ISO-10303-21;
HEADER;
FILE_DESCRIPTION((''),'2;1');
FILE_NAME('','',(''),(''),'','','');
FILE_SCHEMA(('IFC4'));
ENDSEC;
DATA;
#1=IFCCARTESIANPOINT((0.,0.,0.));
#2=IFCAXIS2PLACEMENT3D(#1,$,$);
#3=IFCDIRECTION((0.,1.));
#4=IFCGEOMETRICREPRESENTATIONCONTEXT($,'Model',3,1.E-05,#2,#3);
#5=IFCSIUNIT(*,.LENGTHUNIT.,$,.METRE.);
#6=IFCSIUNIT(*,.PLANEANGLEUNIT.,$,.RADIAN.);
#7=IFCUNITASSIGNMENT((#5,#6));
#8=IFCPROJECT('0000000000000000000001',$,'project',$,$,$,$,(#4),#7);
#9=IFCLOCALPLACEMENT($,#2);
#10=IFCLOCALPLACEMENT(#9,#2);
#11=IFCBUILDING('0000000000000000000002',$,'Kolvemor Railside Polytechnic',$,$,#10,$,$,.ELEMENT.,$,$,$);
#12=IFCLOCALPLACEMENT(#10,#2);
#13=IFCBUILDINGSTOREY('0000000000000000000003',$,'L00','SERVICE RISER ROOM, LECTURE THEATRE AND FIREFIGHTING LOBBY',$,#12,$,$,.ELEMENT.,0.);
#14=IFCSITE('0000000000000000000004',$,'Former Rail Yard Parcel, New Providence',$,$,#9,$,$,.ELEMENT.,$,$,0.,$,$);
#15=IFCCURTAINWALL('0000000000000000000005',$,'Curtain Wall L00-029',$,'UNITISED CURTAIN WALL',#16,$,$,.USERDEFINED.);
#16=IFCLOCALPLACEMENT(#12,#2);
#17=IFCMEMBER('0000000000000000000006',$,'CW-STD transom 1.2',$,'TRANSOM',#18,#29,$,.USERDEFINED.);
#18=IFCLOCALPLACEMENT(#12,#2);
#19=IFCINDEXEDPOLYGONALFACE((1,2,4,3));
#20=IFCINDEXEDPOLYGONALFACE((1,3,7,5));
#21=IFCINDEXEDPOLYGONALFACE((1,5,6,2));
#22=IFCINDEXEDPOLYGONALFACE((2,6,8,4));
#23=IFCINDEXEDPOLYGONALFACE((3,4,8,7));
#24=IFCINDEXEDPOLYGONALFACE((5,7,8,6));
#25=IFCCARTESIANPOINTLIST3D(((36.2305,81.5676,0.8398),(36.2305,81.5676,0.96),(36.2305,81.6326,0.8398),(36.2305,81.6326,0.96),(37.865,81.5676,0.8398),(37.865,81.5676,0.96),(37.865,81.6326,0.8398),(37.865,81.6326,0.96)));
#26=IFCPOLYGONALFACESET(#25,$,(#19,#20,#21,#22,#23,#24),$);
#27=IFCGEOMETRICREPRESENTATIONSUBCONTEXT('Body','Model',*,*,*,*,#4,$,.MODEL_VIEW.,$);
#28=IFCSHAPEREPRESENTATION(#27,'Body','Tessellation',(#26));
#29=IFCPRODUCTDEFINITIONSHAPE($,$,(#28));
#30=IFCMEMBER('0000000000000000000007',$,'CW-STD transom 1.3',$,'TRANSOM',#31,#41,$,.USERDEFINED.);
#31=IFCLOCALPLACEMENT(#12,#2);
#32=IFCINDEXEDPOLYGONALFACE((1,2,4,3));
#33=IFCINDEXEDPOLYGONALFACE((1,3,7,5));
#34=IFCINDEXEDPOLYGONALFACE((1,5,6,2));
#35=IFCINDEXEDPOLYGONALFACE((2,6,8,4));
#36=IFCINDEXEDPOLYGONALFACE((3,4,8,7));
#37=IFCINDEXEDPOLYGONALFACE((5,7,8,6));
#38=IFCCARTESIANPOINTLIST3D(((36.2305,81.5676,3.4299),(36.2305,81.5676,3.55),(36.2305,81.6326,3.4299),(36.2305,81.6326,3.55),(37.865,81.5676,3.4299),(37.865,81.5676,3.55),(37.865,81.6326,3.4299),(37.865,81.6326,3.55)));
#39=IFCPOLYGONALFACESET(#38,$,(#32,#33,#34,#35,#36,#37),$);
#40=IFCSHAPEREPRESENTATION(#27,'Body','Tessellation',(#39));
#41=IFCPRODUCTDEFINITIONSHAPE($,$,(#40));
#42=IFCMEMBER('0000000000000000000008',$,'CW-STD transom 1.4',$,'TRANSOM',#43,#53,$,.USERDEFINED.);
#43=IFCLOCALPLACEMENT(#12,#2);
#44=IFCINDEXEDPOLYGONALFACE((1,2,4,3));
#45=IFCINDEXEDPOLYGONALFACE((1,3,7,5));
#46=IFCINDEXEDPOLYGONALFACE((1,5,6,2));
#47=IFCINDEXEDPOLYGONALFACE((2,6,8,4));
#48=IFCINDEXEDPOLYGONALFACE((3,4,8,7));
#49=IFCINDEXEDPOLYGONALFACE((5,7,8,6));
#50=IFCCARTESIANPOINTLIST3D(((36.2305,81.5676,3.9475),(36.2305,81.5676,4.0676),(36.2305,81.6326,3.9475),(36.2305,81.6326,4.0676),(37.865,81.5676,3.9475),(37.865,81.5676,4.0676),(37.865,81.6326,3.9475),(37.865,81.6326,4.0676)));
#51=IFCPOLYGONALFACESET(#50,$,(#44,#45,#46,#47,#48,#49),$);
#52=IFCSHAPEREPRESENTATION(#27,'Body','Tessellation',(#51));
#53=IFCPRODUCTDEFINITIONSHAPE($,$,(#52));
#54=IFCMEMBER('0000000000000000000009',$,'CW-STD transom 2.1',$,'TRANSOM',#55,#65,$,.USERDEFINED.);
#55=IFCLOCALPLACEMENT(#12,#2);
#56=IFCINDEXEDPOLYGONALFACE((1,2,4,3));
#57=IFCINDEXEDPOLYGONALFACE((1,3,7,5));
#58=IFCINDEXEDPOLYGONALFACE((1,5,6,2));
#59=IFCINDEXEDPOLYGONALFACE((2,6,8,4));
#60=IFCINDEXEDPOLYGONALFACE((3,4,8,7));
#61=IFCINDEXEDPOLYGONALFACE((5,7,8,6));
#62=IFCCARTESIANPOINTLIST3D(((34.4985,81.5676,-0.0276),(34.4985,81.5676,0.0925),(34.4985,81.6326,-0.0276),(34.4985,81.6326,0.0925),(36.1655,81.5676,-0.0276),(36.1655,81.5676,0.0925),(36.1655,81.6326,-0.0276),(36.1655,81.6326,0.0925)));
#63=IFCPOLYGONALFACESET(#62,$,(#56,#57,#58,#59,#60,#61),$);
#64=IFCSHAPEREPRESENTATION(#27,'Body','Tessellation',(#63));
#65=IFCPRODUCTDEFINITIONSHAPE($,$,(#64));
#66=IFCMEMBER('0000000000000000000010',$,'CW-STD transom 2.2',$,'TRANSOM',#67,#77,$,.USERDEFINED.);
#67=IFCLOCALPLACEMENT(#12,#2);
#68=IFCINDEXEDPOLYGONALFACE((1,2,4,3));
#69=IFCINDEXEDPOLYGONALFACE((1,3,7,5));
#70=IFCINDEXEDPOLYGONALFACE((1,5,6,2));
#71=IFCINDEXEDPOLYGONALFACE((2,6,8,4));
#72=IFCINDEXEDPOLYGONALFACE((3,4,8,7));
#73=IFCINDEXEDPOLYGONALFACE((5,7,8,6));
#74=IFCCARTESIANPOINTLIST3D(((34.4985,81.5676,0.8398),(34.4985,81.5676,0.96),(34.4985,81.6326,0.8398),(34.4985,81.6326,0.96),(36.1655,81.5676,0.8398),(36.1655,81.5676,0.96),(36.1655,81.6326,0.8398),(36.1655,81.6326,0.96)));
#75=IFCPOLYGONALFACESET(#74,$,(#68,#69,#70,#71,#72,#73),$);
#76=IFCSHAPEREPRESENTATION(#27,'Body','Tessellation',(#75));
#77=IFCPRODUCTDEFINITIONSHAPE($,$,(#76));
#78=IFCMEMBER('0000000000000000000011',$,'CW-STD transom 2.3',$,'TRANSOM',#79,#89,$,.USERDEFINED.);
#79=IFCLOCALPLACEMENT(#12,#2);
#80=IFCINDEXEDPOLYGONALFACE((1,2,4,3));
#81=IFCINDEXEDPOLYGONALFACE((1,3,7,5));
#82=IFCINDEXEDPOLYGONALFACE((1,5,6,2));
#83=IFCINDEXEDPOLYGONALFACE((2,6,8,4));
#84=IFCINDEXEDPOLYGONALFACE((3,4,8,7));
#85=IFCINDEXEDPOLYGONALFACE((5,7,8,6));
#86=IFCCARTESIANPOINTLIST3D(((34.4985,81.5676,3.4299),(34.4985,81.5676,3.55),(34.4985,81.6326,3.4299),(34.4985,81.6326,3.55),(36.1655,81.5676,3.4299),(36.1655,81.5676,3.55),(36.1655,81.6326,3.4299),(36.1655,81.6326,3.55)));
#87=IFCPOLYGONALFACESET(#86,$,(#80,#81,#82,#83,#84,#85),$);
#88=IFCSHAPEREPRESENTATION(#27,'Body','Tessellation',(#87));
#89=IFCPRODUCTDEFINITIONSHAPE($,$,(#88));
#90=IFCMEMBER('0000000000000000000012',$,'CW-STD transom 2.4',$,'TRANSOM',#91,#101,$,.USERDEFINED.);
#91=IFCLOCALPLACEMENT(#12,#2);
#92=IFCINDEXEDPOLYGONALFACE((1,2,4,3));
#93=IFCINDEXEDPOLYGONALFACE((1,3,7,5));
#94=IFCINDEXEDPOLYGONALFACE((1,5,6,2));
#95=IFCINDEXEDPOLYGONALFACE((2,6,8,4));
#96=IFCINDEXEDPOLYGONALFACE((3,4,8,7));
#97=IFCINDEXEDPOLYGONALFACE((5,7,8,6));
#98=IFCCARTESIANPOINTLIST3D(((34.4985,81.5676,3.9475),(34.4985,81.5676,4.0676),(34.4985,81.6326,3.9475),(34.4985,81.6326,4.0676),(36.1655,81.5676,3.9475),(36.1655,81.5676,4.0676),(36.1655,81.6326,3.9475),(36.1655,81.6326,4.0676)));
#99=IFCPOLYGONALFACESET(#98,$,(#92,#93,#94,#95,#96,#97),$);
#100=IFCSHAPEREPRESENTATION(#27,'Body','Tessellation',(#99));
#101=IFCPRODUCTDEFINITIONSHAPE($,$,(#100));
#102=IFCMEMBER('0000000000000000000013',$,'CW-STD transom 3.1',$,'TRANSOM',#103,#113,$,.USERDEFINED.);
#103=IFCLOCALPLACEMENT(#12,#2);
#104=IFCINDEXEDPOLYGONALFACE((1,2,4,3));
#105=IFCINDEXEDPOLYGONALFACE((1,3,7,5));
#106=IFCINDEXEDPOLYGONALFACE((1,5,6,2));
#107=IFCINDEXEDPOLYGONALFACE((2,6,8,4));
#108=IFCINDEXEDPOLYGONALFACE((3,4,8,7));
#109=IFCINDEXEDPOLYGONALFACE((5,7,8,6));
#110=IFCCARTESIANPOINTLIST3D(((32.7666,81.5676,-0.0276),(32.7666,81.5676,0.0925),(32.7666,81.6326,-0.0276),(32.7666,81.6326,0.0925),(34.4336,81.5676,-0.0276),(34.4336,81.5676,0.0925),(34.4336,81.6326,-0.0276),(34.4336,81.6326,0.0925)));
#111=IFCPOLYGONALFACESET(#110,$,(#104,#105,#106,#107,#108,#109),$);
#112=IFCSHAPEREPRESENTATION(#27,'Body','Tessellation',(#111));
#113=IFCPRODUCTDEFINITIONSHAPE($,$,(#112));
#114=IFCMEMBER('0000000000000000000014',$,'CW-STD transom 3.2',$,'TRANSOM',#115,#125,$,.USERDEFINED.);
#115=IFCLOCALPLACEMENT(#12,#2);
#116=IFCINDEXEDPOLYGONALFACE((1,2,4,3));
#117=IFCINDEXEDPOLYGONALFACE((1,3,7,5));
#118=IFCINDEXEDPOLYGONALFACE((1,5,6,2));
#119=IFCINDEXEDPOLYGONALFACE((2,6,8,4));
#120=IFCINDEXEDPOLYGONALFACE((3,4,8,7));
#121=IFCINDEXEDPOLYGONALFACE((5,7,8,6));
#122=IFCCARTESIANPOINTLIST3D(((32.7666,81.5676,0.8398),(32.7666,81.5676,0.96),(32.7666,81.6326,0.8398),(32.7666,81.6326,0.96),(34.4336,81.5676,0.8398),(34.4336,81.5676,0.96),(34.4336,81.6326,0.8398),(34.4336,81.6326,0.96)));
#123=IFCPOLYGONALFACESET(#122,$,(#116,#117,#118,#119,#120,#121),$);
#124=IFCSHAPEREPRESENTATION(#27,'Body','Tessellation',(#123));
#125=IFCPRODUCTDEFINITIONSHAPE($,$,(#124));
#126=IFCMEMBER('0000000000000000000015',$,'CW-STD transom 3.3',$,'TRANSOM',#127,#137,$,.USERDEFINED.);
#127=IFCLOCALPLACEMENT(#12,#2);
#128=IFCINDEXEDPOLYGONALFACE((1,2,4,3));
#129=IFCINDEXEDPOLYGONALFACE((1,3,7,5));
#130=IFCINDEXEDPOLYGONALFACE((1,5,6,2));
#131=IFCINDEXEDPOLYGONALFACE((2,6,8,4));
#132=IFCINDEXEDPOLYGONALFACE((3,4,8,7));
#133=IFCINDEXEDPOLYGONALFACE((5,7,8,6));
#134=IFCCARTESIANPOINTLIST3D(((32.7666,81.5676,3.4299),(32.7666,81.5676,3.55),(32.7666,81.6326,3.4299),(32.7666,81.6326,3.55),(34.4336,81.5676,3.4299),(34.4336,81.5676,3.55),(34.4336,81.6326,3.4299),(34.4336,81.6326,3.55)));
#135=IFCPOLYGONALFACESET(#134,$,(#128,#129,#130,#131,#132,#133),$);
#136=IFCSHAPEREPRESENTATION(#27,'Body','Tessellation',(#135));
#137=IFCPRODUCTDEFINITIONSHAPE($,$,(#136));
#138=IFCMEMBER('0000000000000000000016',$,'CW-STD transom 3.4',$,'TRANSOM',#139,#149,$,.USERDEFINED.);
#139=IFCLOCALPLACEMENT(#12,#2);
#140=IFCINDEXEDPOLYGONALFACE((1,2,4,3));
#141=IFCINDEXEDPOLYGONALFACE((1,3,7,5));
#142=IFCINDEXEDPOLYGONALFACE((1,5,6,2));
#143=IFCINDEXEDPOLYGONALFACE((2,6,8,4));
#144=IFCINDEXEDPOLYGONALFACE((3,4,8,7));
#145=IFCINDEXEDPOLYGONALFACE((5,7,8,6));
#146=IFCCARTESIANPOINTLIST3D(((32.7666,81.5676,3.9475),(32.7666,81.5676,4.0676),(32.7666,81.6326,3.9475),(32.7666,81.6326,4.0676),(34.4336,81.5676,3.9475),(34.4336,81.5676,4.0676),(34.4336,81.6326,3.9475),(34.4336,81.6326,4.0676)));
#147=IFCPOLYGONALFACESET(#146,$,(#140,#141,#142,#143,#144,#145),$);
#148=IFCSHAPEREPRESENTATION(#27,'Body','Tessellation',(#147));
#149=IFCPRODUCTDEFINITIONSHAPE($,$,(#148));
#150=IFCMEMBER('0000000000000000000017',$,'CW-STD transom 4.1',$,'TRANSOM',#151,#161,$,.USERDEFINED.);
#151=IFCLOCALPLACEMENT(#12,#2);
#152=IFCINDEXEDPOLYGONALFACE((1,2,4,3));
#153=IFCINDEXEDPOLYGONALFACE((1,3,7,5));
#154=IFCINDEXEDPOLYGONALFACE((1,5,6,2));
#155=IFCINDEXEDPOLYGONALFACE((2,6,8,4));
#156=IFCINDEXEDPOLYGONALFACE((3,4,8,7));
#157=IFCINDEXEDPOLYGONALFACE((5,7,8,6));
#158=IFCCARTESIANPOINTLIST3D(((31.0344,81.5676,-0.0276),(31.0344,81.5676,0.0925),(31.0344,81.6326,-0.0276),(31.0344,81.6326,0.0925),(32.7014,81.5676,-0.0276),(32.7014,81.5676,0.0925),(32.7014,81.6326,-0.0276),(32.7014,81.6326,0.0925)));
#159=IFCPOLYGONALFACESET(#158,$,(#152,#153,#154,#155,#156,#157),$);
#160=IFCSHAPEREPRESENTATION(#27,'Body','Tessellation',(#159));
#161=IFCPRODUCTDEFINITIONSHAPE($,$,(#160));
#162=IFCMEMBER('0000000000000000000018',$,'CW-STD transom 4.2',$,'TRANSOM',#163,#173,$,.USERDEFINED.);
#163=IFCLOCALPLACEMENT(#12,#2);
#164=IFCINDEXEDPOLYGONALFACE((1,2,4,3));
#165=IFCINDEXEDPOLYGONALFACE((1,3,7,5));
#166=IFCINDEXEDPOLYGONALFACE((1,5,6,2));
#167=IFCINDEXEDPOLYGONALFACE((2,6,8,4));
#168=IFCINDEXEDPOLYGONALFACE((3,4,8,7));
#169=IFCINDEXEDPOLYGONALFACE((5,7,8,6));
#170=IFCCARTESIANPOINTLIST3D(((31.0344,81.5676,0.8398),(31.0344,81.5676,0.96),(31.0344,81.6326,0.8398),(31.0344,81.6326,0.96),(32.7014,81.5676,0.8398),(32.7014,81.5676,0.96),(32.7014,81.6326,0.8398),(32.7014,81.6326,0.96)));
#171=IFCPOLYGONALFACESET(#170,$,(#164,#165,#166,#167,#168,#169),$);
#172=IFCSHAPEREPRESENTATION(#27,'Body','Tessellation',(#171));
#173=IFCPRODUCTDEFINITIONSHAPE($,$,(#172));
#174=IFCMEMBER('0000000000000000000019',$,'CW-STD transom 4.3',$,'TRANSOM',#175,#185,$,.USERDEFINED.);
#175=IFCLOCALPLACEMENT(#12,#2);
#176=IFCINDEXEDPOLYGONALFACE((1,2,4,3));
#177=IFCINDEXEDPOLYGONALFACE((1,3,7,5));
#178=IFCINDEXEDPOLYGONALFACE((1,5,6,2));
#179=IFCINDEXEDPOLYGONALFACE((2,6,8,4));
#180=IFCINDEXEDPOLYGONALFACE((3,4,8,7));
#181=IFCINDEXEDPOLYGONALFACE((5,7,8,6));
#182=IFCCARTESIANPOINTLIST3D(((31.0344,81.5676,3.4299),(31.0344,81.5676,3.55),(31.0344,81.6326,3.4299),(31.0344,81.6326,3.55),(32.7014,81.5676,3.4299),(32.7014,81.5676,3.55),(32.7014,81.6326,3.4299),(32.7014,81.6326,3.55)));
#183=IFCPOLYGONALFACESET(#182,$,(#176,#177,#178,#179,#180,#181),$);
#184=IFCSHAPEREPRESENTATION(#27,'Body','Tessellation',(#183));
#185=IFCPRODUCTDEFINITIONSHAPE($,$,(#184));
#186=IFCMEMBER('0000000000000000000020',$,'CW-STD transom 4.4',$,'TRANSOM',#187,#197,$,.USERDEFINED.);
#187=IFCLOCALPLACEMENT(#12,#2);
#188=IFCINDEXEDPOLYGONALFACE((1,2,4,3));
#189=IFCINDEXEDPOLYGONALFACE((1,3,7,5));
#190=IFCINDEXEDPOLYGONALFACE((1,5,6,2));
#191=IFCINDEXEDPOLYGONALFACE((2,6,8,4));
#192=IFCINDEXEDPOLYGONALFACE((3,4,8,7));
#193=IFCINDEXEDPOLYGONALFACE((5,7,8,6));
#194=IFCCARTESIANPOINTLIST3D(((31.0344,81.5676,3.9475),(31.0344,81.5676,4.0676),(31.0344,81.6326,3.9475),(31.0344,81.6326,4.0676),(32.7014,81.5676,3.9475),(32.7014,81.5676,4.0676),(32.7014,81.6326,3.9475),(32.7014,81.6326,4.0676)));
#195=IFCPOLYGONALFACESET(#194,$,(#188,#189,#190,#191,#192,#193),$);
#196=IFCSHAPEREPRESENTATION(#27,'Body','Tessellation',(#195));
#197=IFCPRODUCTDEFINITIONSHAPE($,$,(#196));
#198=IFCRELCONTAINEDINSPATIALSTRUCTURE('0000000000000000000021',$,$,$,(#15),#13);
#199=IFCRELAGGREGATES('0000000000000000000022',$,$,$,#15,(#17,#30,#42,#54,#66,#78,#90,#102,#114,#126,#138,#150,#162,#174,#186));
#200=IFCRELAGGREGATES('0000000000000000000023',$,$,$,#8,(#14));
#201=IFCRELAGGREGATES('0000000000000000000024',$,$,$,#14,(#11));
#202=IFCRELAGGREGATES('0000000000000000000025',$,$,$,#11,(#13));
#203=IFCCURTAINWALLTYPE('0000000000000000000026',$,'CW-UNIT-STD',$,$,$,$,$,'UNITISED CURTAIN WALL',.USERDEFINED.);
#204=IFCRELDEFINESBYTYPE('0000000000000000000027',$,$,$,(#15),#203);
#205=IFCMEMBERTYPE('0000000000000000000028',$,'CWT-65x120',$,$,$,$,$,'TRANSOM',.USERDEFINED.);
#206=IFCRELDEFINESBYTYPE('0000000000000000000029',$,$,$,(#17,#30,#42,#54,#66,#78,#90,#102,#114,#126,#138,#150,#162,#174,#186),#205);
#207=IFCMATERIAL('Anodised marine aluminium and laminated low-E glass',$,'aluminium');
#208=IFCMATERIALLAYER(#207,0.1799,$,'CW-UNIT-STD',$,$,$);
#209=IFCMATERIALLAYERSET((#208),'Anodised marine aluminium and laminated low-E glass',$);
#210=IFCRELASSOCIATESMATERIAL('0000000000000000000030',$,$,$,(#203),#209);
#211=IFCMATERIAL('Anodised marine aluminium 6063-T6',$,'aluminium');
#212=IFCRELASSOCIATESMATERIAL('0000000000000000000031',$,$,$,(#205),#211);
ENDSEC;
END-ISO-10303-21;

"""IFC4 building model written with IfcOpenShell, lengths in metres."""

from ifc_helpers import new_model, si_unit, direction, frame, origin, origin_2d, place, context, subcontext, project, spatial, rectangle, extrude, material, layer, layer_set, material_profile, profile_set, type_object, element, aggregate, save


model = new_model("IFC4")

# Units and contexts
model_context = context("Model", 3, precision=1e-05, world=origin(), true_north=direction((0.0, 1.0)))
body_context = subcontext(model_context, "Body", "Model", "MODEL_VIEW")
ifc_project = project(units=[si_unit("LENGTHUNIT", "METRE"), si_unit("PLANEANGLEUNIT", "RADIAN")], contexts=[model_context])

# Site, building, storey
site_placement = place(None, origin())
site = spatial("IfcSite", under=ifc_project, at=site_placement, Name="Former Rail Yard Parcel, New Providence", CompositionType="ELEMENT", RefElevation=0.0)
building_placement = place(site_placement, origin())
building = spatial("IfcBuilding", under=site, at=building_placement, Name="Kolvemor Railside Polytechnic", CompositionType="ELEMENT")
storey_placement = place(building_placement, origin())
storey = spatial("IfcBuildingStorey", under=building, at=storey_placement, Name="L00", Description="SERVICE RISER ROOM, LECTURE THEATRE AND FIREFIGHTING LOBBY", CompositionType="ELEMENT", Elevation=0.0)

# Curtain wall, members
ifc_material_1 = material(Name="Anodised marine aluminium and laminated low-E glass", Category="aluminium")
ifc_layer_1 = layer(ifc_material_1, 0.1799, Name="CW-UNIT-STD")
ifc_layer_set_1 = layer_set([ifc_layer_1], Name="Anodised marine aluminium and laminated low-E glass")
curtain_wall_type = type_object("IfcCurtainWallType", Name="CW-UNIT-STD", ElementType="UNITISED CURTAIN WALL", PredefinedType="USERDEFINED", material=ifc_layer_set_1)
curtain_wall_placement = place(storey_placement, origin())
curtain_wall = element("IfcCurtainWall", 1, at=curtain_wall_placement, inside=storey, type_object=curtain_wall_type, Name="Curtain Wall L00-029", ObjectType="UNITISED CURTAIN WALL", PredefinedType="USERDEFINED")
ifc_material_2 = material(Name="Anodised marine aluminium 6063-T6", Category="aluminium")
ifc_material_profile_1 = material_profile(ifc_material_2, rectangle(XDim=0.0649, YDim=0.1201, at=origin_2d()), Name="CW-TRN-65x120")
ifc_profile_set_1 = profile_set([ifc_material_profile_1], Name="Anodised marine aluminium 6063-T6")
member_type_1 = type_object("IfcMemberType", Name="CWT-65x120", ElementType="TRANSOM", PredefinedType="USERDEFINED", material=ifc_profile_set_1)
member_1_placement = place(storey_placement, frame((37.865, 81.6001, 0.8999), z_axis=(-1.0, 0.0, 0.0), x_axis=(0.0, -1.0, 0.0)))
member_1 = element("IfcMember", 2, at=member_1_placement, type_object=member_type_1, Name="CW-STD transom 1.2", ObjectType="TRANSOM", PredefinedType="USERDEFINED", context=body_context, shape_type="SweptSolid", body=[
    extrude(rectangle(XDim=0.0649, YDim=0.1201, at=origin_2d()), origin(), (0.0, 0.0, 1.0), 1.6345),
])
member_2_placement = place(storey_placement, frame((37.865, 81.6001, 3.49), z_axis=(-1.0, 0.0, 0.0), x_axis=(0.0, -1.0, 0.0)))
member_2 = element("IfcMember", 3, at=member_2_placement, type_object=member_type_1, Name="CW-STD transom 1.3", ObjectType="TRANSOM", PredefinedType="USERDEFINED", context=body_context, shape_type="SweptSolid", body=[
    extrude(rectangle(XDim=0.0649, YDim=0.1201, at=origin_2d()), origin(), (0.0, 0.0, 1.0), 1.6345),
])
member_3_placement = place(storey_placement, frame((37.865, 81.6001, 4.0076), z_axis=(-1.0, 0.0, 0.0), x_axis=(0.0, -1.0, 0.0)))
member_3 = element("IfcMember", 4, at=member_3_placement, type_object=member_type_1, Name="CW-STD transom 1.4", ObjectType="TRANSOM", PredefinedType="USERDEFINED", context=body_context, shape_type="SweptSolid", body=[
    extrude(rectangle(XDim=0.0649, YDim=0.1201, at=origin_2d()), origin(), (0.0, 0.0, 1.0), 1.6345),
])
member_4_placement = place(storey_placement, frame((36.1655, 81.6001, 0.0325), z_axis=(-1.0, 0.0, 0.0), x_axis=(0.0, -1.0, 0.0)))
member_4 = element("IfcMember", 5, at=member_4_placement, type_object=member_type_1, Name="CW-STD transom 2.1", ObjectType="TRANSOM", PredefinedType="USERDEFINED", context=body_context, shape_type="SweptSolid", body=[
    extrude(rectangle(XDim=0.0649, YDim=0.1201, at=origin_2d()), origin(), (0.0, 0.0, 1.0), 1.667),
])
member_5_placement = place(storey_placement, frame((36.1655, 81.6001, 0.8999), z_axis=(-1.0, 0.0, 0.0), x_axis=(0.0, -1.0, 0.0)))
member_5 = element("IfcMember", 6, at=member_5_placement, type_object=member_type_1, Name="CW-STD transom 2.2", ObjectType="TRANSOM", PredefinedType="USERDEFINED", context=body_context, shape_type="SweptSolid", body=[
    extrude(rectangle(XDim=0.0649, YDim=0.1201, at=origin_2d()), origin(), (0.0, 0.0, 1.0), 1.667),
])
member_6_placement = place(storey_placement, frame((36.1655, 81.6001, 3.49), z_axis=(-1.0, 0.0, 0.0), x_axis=(0.0, -1.0, 0.0)))
member_6 = element("IfcMember", 7, at=member_6_placement, type_object=member_type_1, Name="CW-STD transom 2.3", ObjectType="TRANSOM", PredefinedType="USERDEFINED", context=body_context, shape_type="SweptSolid", body=[
    extrude(rectangle(XDim=0.0649, YDim=0.1201, at=origin_2d()), origin(), (0.0, 0.0, 1.0), 1.667),
])
member_7_placement = place(storey_placement, frame((36.1655, 81.6001, 4.0076), z_axis=(-1.0, 0.0, 0.0), x_axis=(0.0, -1.0, 0.0)))
member_7 = element("IfcMember", 8, at=member_7_placement, type_object=member_type_1, Name="CW-STD transom 2.4", ObjectType="TRANSOM", PredefinedType="USERDEFINED", context=body_context, shape_type="SweptSolid", body=[
    extrude(rectangle(XDim=0.0649, YDim=0.1201, at=origin_2d()), origin(), (0.0, 0.0, 1.0), 1.667),
])
member_8_placement = place(storey_placement, frame((34.4336, 81.6001, 0.0325), z_axis=(-1.0, 0.0, 0.0), x_axis=(0.0, -1.0, 0.0)))
member_8 = element("IfcMember", 9, at=member_8_placement, type_object=member_type_1, Name="CW-STD transom 3.1", ObjectType="TRANSOM", PredefinedType="USERDEFINED", context=body_context, shape_type="SweptSolid", body=[
    extrude(rectangle(XDim=0.0649, YDim=0.1201, at=origin_2d()), origin(), (0.0, 0.0, 1.0), 1.667),
])
member_9_placement = place(storey_placement, frame((34.4336, 81.6001, 0.8999), z_axis=(-1.0, 0.0, 0.0), x_axis=(0.0, -1.0, 0.0)))
member_9 = element("IfcMember", 10, at=member_9_placement, type_object=member_type_1, Name="CW-STD transom 3.2", ObjectType="TRANSOM", PredefinedType="USERDEFINED", context=body_context, shape_type="SweptSolid", body=[
    extrude(rectangle(XDim=0.0649, YDim=0.1201, at=origin_2d()), origin(), (0.0, 0.0, 1.0), 1.667),
])
member_10_placement = place(storey_placement, frame((34.4336, 81.6001, 3.49), z_axis=(-1.0, 0.0, 0.0), x_axis=(0.0, -1.0, 0.0)))
member_10 = element("IfcMember", 11, at=member_10_placement, type_object=member_type_1, Name="CW-STD transom 3.3", ObjectType="TRANSOM", PredefinedType="USERDEFINED", context=body_context, shape_type="SweptSolid", body=[
    extrude(rectangle(XDim=0.0649, YDim=0.1201, at=origin_2d()), origin(), (0.0, 0.0, 1.0), 1.667),
])
member_11_placement = place(storey_placement, frame((34.4336, 81.6001, 4.0076), z_axis=(-1.0, 0.0, 0.0), x_axis=(0.0, -1.0, 0.0)))
member_11 = element("IfcMember", 12, at=member_11_placement, type_object=member_type_1, Name="CW-STD transom 3.4", ObjectType="TRANSOM", PredefinedType="USERDEFINED", context=body_context, shape_type="SweptSolid", body=[
    extrude(rectangle(XDim=0.0649, YDim=0.1201, at=origin_2d()), origin(), (0.0, 0.0, 1.0), 1.667),
])
member_12_placement = place(storey_placement, frame((32.7014, 81.6001, 0.0325), z_axis=(-1.0, 0.0, 0.0), x_axis=(0.0, -1.0, 0.0)))
member_12 = element("IfcMember", 13, at=member_12_placement, type_object=member_type_1, Name="CW-STD transom 4.1", ObjectType="TRANSOM", PredefinedType="USERDEFINED", context=body_context, shape_type="SweptSolid", body=[
    extrude(rectangle(XDim=0.0649, YDim=0.1201, at=origin_2d()), origin(), (0.0, 0.0, 1.0), 1.667),
])
member_13_placement = place(storey_placement, frame((32.7014, 81.6001, 0.8999), z_axis=(-1.0, 0.0, 0.0), x_axis=(0.0, -1.0, 0.0)))
member_13 = element("IfcMember", 14, at=member_13_placement, type_object=member_type_1, Name="CW-STD transom 4.2", ObjectType="TRANSOM", PredefinedType="USERDEFINED", context=body_context, shape_type="SweptSolid", body=[
    extrude(rectangle(XDim=0.0649, YDim=0.1201, at=origin_2d()), origin(), (0.0, 0.0, 1.0), 1.667),
])
member_14_placement = place(storey_placement, frame((32.7014, 81.6001, 3.49), z_axis=(-1.0, 0.0, 0.0), x_axis=(0.0, -1.0, 0.0)))
member_14 = element("IfcMember", 15, at=member_14_placement, type_object=member_type_1, Name="CW-STD transom 4.3", ObjectType="TRANSOM", PredefinedType="USERDEFINED", context=body_context, shape_type="SweptSolid", body=[
    extrude(rectangle(XDim=0.0649, YDim=0.1201, at=origin_2d()), origin(), (0.0, 0.0, 1.0), 1.667),
])
member_15_placement = place(storey_placement, frame((32.7014, 81.6001, 4.0076), z_axis=(-1.0, 0.0, 0.0), x_axis=(0.0, -1.0, 0.0)))
member_15 = element("IfcMember", 16, at=member_15_placement, type_object=member_type_1, Name="CW-STD transom 4.4", ObjectType="TRANSOM", PredefinedType="USERDEFINED", context=body_context, shape_type="SweptSolid", body=[
    extrude(rectangle(XDim=0.0649, YDim=0.1201, at=origin_2d()), origin(), (0.0, 0.0, 1.0), 1.667),
])
aggregate(curtain_wall, [member_1, member_2, member_3, member_4, member_5, member_6, member_7, member_8, member_9, member_10, member_11, member_12, member_13, member_14, member_15])

save(model, "model.ifc")
